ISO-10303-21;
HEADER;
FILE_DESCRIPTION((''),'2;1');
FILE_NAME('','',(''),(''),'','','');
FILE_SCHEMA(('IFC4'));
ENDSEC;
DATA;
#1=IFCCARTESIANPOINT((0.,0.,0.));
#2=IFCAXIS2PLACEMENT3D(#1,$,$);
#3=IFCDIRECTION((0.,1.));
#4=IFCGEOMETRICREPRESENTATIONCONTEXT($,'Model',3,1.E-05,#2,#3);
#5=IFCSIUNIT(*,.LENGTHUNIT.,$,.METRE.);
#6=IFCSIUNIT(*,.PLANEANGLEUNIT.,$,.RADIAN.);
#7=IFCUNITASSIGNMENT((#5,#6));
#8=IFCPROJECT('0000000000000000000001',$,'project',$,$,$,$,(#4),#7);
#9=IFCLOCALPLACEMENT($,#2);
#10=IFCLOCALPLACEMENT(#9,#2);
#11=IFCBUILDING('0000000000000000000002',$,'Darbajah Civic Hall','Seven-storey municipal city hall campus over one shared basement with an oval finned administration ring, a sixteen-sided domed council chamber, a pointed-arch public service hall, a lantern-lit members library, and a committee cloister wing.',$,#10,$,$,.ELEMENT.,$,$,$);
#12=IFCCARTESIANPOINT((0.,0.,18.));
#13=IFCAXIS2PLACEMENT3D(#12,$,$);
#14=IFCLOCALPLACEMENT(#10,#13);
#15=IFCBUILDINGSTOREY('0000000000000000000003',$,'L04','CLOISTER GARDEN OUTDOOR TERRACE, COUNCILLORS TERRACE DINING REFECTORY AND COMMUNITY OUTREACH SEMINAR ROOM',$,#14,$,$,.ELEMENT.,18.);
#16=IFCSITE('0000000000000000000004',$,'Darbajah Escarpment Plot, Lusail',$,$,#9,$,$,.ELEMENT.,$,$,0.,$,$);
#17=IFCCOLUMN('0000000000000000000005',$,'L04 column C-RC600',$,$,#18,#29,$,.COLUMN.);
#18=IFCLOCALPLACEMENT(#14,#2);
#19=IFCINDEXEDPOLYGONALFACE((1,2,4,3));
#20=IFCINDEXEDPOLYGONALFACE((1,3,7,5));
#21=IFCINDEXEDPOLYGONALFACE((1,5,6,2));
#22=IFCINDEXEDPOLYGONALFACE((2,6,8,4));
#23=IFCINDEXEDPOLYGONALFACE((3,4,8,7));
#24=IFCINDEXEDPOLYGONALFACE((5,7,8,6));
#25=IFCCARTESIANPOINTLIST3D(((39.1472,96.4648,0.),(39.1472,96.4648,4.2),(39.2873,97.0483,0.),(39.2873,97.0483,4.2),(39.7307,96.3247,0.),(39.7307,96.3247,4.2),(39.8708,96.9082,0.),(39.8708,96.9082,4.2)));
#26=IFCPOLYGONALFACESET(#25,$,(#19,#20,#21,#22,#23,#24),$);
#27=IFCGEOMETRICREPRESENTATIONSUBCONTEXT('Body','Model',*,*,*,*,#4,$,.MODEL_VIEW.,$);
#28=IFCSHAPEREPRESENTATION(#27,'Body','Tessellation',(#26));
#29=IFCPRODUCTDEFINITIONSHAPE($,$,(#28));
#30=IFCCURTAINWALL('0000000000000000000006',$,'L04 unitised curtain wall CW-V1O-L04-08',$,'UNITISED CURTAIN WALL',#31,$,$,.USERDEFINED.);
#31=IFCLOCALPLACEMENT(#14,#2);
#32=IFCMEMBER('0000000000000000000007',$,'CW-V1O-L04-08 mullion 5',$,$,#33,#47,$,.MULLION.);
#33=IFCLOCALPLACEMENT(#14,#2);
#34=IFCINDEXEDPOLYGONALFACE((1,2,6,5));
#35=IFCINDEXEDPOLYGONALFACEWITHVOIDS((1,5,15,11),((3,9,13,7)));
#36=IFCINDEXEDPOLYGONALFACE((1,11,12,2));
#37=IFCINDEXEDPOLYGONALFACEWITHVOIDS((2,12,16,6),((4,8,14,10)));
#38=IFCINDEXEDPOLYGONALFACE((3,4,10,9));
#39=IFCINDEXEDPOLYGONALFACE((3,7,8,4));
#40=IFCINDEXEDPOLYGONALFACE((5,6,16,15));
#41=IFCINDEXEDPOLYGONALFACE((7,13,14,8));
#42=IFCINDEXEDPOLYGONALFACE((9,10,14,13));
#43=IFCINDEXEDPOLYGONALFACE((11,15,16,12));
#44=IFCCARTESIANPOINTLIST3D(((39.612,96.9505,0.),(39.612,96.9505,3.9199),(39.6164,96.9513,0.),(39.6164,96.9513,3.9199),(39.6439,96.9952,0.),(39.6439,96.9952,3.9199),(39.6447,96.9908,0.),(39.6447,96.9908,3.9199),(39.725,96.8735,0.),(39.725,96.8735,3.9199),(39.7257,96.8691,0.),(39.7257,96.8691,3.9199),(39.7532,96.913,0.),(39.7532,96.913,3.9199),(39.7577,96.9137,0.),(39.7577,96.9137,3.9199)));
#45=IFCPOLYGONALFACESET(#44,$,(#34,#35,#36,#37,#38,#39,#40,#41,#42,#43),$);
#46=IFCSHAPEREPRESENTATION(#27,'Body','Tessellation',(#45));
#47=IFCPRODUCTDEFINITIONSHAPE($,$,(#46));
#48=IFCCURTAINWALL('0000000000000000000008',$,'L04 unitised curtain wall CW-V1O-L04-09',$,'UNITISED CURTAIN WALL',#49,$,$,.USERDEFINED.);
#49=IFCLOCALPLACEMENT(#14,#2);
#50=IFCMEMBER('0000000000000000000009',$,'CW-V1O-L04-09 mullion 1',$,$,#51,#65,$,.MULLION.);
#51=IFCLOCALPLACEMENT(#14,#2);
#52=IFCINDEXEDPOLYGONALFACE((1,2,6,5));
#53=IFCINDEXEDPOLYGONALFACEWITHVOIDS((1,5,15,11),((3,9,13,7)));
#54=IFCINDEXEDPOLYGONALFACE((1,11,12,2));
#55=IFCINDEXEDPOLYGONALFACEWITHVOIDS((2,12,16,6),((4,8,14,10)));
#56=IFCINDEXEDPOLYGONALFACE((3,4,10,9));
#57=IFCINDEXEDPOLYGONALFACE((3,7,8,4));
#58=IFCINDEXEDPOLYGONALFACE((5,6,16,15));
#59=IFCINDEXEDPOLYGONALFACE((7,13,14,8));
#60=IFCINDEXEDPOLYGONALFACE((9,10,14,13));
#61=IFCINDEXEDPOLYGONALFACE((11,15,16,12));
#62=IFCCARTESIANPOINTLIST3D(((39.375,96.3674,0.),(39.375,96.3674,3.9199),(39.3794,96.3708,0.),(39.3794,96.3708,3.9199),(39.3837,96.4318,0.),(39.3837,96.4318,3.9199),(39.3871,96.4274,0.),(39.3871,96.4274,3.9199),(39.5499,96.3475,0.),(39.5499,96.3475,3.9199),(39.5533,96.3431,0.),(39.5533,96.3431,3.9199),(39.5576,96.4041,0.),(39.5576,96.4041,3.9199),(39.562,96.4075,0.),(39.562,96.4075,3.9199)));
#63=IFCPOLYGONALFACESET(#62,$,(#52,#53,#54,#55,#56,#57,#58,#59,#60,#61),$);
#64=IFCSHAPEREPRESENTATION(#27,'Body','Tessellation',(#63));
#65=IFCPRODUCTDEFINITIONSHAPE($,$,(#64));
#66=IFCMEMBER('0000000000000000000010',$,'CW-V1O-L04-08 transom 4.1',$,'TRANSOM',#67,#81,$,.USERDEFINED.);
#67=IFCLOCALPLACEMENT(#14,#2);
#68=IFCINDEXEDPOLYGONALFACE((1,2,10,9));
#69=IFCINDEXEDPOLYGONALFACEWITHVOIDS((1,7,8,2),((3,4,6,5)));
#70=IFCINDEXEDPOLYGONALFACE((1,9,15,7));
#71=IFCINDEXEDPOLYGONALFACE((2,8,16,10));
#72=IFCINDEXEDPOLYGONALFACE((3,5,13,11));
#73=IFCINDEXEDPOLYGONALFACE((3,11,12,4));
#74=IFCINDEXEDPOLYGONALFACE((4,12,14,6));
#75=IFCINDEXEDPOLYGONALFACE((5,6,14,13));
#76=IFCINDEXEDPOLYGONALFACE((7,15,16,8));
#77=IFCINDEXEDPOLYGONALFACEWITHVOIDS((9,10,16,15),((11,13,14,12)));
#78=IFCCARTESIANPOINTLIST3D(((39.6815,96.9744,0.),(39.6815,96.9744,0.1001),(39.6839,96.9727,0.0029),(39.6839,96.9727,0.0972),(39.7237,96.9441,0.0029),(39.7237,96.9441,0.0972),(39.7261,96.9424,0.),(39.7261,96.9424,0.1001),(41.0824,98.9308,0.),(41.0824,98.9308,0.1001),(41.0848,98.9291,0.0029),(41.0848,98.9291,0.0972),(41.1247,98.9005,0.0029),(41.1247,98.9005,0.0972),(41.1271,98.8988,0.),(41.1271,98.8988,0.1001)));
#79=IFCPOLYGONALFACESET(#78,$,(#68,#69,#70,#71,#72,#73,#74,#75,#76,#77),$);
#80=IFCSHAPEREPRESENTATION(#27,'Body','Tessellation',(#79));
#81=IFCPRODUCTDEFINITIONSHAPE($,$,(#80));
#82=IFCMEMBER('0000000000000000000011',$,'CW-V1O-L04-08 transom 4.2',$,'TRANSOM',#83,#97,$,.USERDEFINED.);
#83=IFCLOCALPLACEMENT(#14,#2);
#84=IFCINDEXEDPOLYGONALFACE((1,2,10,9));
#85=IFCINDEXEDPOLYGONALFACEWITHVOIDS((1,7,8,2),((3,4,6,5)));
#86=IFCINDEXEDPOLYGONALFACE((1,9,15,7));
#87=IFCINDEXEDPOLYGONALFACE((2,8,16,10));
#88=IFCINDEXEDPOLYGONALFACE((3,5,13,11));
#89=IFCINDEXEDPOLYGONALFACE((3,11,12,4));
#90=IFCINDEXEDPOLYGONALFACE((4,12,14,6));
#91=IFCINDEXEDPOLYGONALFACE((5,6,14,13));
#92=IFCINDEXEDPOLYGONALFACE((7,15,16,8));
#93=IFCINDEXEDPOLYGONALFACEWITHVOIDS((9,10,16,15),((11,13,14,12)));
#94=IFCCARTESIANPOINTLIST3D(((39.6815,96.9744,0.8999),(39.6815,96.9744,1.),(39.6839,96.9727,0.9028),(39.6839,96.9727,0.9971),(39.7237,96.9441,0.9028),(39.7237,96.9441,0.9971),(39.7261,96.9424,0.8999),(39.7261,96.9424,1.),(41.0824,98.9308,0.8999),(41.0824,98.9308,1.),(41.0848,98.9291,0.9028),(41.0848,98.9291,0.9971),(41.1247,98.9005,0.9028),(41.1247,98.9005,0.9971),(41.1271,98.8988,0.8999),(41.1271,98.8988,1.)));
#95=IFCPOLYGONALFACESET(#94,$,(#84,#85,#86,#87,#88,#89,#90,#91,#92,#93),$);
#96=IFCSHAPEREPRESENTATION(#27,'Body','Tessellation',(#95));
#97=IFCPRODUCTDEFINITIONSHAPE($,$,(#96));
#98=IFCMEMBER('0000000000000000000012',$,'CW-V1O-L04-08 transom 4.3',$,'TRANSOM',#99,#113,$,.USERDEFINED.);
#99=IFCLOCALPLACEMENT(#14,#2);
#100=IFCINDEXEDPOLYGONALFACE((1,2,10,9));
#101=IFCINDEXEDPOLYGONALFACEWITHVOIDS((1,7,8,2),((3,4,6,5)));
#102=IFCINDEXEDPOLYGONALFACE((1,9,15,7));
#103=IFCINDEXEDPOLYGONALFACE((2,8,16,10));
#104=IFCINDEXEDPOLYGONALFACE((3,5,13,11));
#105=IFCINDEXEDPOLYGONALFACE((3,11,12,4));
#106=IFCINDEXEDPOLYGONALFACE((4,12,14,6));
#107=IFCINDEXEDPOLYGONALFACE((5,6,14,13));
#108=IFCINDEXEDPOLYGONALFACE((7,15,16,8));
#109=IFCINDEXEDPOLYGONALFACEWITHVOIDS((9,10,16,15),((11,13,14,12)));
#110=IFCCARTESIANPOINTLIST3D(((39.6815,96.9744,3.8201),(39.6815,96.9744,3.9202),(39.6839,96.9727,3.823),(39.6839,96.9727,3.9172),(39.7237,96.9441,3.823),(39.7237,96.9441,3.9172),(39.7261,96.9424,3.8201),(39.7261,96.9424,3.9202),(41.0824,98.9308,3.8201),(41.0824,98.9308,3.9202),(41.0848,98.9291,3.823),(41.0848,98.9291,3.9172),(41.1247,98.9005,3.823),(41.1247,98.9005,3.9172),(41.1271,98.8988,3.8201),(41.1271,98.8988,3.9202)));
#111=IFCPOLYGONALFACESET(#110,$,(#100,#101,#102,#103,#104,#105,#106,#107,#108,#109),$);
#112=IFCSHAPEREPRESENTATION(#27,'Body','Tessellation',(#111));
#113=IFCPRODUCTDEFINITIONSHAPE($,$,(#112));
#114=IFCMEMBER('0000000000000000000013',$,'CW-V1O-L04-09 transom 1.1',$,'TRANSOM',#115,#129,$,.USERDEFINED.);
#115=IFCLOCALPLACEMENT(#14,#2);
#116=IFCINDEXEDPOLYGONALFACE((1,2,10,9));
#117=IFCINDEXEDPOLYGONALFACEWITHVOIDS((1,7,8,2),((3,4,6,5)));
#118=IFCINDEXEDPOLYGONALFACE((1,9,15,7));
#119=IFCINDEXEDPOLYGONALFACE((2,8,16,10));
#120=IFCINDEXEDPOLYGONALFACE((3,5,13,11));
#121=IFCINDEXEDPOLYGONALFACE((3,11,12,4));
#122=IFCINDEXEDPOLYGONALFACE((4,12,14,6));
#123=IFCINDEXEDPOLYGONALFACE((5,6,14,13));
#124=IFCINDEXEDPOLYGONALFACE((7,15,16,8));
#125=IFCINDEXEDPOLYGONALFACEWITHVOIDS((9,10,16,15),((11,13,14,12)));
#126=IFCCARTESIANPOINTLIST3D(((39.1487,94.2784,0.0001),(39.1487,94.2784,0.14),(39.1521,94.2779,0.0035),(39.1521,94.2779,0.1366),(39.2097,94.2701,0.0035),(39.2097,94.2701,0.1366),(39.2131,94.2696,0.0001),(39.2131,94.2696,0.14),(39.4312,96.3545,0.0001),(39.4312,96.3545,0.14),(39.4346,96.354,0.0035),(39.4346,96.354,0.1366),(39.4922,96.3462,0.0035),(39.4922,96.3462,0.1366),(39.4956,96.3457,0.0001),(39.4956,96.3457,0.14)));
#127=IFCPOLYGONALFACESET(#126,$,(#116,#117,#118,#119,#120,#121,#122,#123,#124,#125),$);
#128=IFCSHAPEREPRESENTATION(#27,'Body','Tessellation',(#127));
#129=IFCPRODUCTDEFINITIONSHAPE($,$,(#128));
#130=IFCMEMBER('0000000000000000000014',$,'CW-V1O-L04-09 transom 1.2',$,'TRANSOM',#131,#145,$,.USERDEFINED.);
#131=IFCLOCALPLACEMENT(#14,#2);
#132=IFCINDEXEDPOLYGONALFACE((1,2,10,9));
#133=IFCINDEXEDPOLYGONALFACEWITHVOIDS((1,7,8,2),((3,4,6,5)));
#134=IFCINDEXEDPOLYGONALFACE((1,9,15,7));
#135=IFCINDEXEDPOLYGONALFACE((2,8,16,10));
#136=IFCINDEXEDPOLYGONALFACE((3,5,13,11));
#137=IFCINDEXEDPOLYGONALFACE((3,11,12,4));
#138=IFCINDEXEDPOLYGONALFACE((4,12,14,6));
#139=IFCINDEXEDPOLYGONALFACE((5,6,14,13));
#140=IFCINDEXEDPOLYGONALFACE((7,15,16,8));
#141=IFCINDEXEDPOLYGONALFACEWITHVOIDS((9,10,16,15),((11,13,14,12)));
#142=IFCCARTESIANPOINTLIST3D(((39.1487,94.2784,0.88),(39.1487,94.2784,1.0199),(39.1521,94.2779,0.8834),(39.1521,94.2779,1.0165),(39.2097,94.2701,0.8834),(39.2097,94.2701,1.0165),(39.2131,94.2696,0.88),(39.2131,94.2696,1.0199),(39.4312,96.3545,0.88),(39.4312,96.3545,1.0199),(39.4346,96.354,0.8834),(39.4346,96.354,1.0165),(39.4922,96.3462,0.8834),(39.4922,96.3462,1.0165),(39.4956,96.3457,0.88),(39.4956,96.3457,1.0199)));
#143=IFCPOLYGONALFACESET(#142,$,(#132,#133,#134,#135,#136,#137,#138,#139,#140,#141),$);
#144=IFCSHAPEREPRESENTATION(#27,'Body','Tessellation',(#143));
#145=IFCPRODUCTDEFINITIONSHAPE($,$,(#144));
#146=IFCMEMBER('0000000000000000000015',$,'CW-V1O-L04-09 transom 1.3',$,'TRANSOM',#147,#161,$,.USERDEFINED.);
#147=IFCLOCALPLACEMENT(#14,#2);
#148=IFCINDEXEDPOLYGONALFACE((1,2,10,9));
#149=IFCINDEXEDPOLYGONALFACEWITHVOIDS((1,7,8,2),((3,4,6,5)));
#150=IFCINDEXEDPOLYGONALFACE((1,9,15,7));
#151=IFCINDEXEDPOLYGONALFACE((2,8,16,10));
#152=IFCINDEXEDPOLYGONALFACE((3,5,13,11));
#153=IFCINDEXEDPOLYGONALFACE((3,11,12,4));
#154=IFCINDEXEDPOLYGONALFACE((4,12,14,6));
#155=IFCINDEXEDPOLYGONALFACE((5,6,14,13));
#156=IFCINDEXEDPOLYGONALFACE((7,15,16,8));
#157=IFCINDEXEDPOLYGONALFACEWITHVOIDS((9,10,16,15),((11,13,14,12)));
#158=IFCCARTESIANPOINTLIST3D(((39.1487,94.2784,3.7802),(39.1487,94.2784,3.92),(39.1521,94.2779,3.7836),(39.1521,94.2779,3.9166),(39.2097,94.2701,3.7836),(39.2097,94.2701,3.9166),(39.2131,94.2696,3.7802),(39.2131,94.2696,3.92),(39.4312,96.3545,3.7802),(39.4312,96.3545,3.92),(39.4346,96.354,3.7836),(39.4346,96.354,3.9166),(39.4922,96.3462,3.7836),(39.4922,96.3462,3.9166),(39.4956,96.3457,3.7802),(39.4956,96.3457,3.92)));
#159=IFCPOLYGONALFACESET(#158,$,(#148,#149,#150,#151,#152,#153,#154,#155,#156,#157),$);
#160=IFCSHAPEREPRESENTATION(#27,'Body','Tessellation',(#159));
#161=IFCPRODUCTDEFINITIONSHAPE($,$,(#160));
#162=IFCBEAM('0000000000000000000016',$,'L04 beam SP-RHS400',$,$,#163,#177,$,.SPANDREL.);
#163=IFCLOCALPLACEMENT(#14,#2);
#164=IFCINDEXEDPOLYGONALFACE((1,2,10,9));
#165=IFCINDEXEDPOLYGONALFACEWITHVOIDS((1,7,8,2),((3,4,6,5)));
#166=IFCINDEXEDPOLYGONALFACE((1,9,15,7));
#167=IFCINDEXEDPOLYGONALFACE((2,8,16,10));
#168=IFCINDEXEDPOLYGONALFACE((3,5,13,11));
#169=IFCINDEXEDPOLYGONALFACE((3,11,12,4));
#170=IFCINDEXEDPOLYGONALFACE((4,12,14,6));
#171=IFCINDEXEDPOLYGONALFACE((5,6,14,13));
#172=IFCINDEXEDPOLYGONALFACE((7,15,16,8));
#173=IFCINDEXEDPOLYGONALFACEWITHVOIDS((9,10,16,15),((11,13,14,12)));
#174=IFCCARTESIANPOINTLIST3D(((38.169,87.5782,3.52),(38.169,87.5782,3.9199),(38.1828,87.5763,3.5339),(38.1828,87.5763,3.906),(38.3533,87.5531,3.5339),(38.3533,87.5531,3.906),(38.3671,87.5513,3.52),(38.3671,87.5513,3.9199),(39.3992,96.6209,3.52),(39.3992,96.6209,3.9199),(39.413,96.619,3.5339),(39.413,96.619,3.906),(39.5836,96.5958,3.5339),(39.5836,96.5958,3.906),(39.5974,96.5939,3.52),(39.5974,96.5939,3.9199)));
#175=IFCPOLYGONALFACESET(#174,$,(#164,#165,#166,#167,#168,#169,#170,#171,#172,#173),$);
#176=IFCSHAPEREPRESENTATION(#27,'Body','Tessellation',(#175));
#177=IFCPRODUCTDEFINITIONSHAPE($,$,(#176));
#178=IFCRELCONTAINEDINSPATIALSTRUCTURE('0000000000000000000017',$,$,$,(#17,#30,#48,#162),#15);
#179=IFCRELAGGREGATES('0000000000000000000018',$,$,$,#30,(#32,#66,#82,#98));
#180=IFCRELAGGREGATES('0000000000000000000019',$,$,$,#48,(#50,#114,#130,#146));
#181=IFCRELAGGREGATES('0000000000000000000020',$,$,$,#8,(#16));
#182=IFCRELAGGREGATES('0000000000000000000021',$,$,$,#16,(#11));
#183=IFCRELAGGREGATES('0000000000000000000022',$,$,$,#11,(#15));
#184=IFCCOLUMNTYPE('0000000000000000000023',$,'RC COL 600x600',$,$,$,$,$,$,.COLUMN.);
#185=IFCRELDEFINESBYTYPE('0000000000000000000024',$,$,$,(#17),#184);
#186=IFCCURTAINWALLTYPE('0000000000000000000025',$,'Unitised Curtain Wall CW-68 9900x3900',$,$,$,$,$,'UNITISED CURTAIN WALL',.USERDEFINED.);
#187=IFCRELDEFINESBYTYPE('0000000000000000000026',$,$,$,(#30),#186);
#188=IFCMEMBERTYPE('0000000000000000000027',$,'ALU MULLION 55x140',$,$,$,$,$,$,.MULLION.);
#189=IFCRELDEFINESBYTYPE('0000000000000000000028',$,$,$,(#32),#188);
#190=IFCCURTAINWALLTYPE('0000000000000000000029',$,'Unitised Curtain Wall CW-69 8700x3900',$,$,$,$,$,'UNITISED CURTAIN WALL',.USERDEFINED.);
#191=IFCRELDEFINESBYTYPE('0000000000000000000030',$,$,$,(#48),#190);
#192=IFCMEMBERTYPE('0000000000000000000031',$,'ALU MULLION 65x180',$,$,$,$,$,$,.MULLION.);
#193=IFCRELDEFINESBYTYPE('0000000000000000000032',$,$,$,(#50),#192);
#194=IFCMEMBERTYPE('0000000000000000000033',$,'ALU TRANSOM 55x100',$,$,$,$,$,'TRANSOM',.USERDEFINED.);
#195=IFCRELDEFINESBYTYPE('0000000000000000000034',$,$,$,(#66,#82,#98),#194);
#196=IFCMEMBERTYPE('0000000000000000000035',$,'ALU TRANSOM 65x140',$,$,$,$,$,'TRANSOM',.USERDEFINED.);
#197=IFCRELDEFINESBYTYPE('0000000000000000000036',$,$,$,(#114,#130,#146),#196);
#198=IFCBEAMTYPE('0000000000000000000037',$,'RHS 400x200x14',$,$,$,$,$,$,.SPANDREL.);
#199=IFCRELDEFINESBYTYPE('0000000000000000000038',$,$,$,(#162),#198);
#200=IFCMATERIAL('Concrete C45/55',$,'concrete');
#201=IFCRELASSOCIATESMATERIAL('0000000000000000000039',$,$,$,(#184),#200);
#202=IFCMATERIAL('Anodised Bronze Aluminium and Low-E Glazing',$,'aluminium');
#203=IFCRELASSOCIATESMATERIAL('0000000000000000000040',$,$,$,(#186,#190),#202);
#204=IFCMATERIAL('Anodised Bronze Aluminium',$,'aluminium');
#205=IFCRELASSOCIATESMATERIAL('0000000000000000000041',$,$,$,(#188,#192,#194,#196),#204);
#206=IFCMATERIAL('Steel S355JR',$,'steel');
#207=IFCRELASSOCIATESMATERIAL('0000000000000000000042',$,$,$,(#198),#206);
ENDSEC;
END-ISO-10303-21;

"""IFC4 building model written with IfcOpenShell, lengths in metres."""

from ifc_helpers import new_model, si_unit, direction, frame, origin, origin_2d, place, context, subcontext, project, spatial, rectangle, hollow_rectangle, extrude, material, material_profile, profile_set, type_object, element, aggregate, save


model = new_model("IFC4")

# Units and contexts
model_context = context("Model", 3, precision=1e-05, world=origin(), true_north=direction((0.0, 1.0)))
body_context = subcontext(model_context, "Body", "Model", "MODEL_VIEW")
ifc_project = project(units=[si_unit("LENGTHUNIT", "METRE"), si_unit("PLANEANGLEUNIT", "RADIAN")], contexts=[model_context])

# Site, building, storey
site_placement = place(None, origin())
site = spatial("IfcSite", under=ifc_project, at=site_placement, Name="Darbajah Escarpment Plot, Lusail", CompositionType="ELEMENT", RefElevation=0.0)
building_placement = place(site_placement, origin())
building = spatial("IfcBuilding", under=site, at=building_placement, Name="Darbajah Civic Hall", Description="Seven-storey municipal city hall campus over one shared basement with an oval finned administration ring, a sixteen-sided domed council chamber, a pointed-arch public service hall, a lantern-lit members library, and a committee cloister wing.", CompositionType="ELEMENT")
storey_placement = place(building_placement, frame((0.0, 0.0, 18.0)))
storey = spatial("IfcBuildingStorey", under=building, at=storey_placement, Name="L04", Description="CLOISTER GARDEN OUTDOOR TERRACE, COUNCILLORS TERRACE DINING REFECTORY AND COMMUNITY OUTREACH SEMINAR ROOM", CompositionType="ELEMENT", Elevation=18.0)

# Column
ifc_material_1 = material(Name="Concrete C45/55", Category="concrete")
ifc_material_profile_1 = material_profile(ifc_material_1, rectangle(XDim=0.6001, YDim=0.6001, at=origin_2d()), Name="RC COL 600x600")
ifc_profile_set_1 = profile_set([ifc_material_profile_1], Name="Concrete C45/55")
column_type = type_object("IfcColumnType", Name="RC COL 600x600", PredefinedType="COLUMN", material=ifc_profile_set_1)
column_placement = place(storey_placement, frame((39.509, 96.6865, 0.0), z_axis=(0.0, 0.0, 1.0), x_axis=(-0.97237, 0.233445, 0.0)))
element("IfcColumn", 1, at=column_placement, inside=storey, type_object=column_type, Name="L04 column C-RC600", PredefinedType="COLUMN", context=body_context, shape_type="SweptSolid", body=[
    extrude(rectangle(XDim=0.6001, YDim=0.6001, at=origin_2d()), origin(), (0.0, 0.0, 1.0), 4.2),
])

# Curtain walls, members
ifc_material_2 = material(Name="Anodised Bronze Aluminium and Low-E Glazing", Category="aluminium")
curtain_wall_type_1 = type_object("IfcCurtainWallType", Name="Unitised Curtain Wall CW-68 9900x3900", ElementType="UNITISED CURTAIN WALL", PredefinedType="USERDEFINED", material=ifc_material_2)
curtain_wall_1_placement = place(storey_placement, origin())
curtain_wall_1 = element("IfcCurtainWall", 2, at=curtain_wall_1_placement, inside=storey, type_object=curtain_wall_type_1, Name="L04 unitised curtain wall CW-V1O-L04-08", ObjectType="UNITISED CURTAIN WALL", PredefinedType="USERDEFINED")
ifc_material_3 = material(Name="Anodised Bronze Aluminium", Category="aluminium")
ifc_material_profile_2 = material_profile(ifc_material_3, hollow_rectangle(XDim=0.0549, YDim=0.1399, WallThickness=0.0032, at=origin_2d()), Name="ALU MULLION 55x140")
ifc_profile_set_2 = profile_set([ifc_material_profile_2], Name="Anodised Bronze Aluminium")
member_type_1 = type_object("IfcMemberType", Name="ALU MULLION 55x140", PredefinedType="MULLION", material=ifc_profile_set_2)
member_1_placement = place(storey_placement, frame((39.6848, 96.9321, 0.0), z_axis=(0.0, 0.0, 1.0), x_axis=(-0.582265, -0.812999, 0.0)))
member_1 = element("IfcMember", 3, at=member_1_placement, type_object=member_type_1, Name="CW-V1O-L04-08 mullion 5", PredefinedType="MULLION", context=body_context, shape_type="SweptSolid", body=[
    extrude(hollow_rectangle(XDim=0.0549, YDim=0.1399, WallThickness=0.0032, at=origin_2d()), origin(), (0.0, 0.0, 1.0), 3.9199),
])
curtain_wall_type_2 = type_object("IfcCurtainWallType", Name="Unitised Curtain Wall CW-69 8700x3900", ElementType="UNITISED CURTAIN WALL", PredefinedType="USERDEFINED", material=ifc_material_2)
curtain_wall_2_placement = place(storey_placement, origin())
curtain_wall_2 = element("IfcCurtainWall", 4, at=curtain_wall_2_placement, inside=storey, type_object=curtain_wall_type_2, Name="L04 unitised curtain wall CW-V1O-L04-09", ObjectType="UNITISED CURTAIN WALL", PredefinedType="USERDEFINED")
ifc_material_profile_3 = material_profile(ifc_material_3, hollow_rectangle(XDim=0.0649, YDim=0.1799, WallThickness=0.0039, at=origin_2d()), Name="ALU MULLION 65x180")
ifc_profile_set_3 = profile_set([ifc_material_profile_3], Name="Anodised Bronze Aluminium")
member_type_2 = type_object("IfcMemberType", Name="ALU MULLION 65x180", PredefinedType="MULLION", material=ifc_profile_set_3)
member_2_placement = place(storey_placement, frame((39.4685, 96.3875, 0.0), z_axis=(0.0, 0.0, 1.0), x_axis=(-0.134851, -0.990866, 0.0)))
member_2 = element("IfcMember", 5, at=member_2_placement, type_object=member_type_2, Name="CW-V1O-L04-09 mullion 1", PredefinedType="MULLION", context=body_context, shape_type="SweptSolid", body=[
    extrude(hollow_rectangle(XDim=0.0649, YDim=0.1799, WallThickness=0.0039, at=origin_2d()), origin(), (0.0, 0.0, 1.0), 3.9199),
])

# Members
ifc_material_profile_4 = material_profile(ifc_material_3, hollow_rectangle(XDim=0.0549, YDim=0.1001, WallThickness=0.0029, at=origin_2d()), Name="ALU TRANSOM 55x100")
ifc_profile_set_4 = profile_set([ifc_material_profile_4], Name="Anodised Bronze Aluminium")
member_type_3 = type_object("IfcMemberType", Name="ALU TRANSOM 55x100", ElementType="TRANSOM", PredefinedType="USERDEFINED", material=ifc_profile_set_4)
member_3_placement = place(storey_placement, frame((41.1047, 98.9148, 0.05), z_axis=(-0.582207, -0.81304, 0.0), x_axis=(0.81304, -0.582207, 0.0)))
member_3 = element("IfcMember", 6, at=member_3_placement, type_object=member_type_3, Name="CW-V1O-L04-08 transom 4.1", ObjectType="TRANSOM", PredefinedType="USERDEFINED", context=body_context, shape_type="SweptSolid", body=[
    extrude(hollow_rectangle(XDim=0.0549, YDim=0.1001, WallThickness=0.0029, at=origin_2d()), origin(), (0.0, 0.0, 1.0), 2.4062),
])
member_4_placement = place(storey_placement, frame((41.1047, 98.9148, 0.95), z_axis=(-0.582207, -0.81304, 0.0), x_axis=(0.81304, -0.582207, 0.0)))
member_4 = element("IfcMember", 7, at=member_4_placement, type_object=member_type_3, Name="CW-V1O-L04-08 transom 4.2", ObjectType="TRANSOM", PredefinedType="USERDEFINED", context=body_context, shape_type="SweptSolid", body=[
    extrude(hollow_rectangle(XDim=0.0549, YDim=0.1001, WallThickness=0.0029, at=origin_2d()), origin(), (0.0, 0.0, 1.0), 2.4062),
])
member_5_placement = place(storey_placement, frame((41.1047, 98.9148, 3.8701), z_axis=(-0.582207, -0.81304, 0.0), x_axis=(0.81304, -0.582207, 0.0)))
member_5 = element("IfcMember", 8, at=member_5_placement, type_object=member_type_3, Name="CW-V1O-L04-08 transom 4.3", ObjectType="TRANSOM", PredefinedType="USERDEFINED", context=body_context, shape_type="SweptSolid", body=[
    extrude(hollow_rectangle(XDim=0.0549, YDim=0.1001, WallThickness=0.0029, at=origin_2d()), origin(), (0.0, 0.0, 1.0), 2.4062),
])
ifc_material_profile_5 = material_profile(ifc_material_3, hollow_rectangle(XDim=0.0649, YDim=0.1399, WallThickness=0.0034, at=origin_2d()), Name="ALU TRANSOM 65x140")
ifc_profile_set_5 = profile_set([ifc_material_profile_5], Name="Anodised Bronze Aluminium")
member_type_4 = type_object("IfcMemberType", Name="ALU TRANSOM 65x140", ElementType="TRANSOM", PredefinedType="USERDEFINED", material=ifc_profile_set_5)
member_6_placement = place(storey_placement, frame((39.4634, 96.3501, 0.0701), z_axis=(-0.134812, -0.990871, 0.0), x_axis=(0.990871, -0.134812, 0.0)))
member_6 = element("IfcMember", 9, at=member_6_placement, type_object=member_type_4, Name="CW-V1O-L04-09 transom 1.1", ObjectType="TRANSOM", PredefinedType="USERDEFINED", context=body_context, shape_type="SweptSolid", body=[
    extrude(hollow_rectangle(XDim=0.0649, YDim=0.1399, WallThickness=0.0034, at=origin_2d()), origin(), (0.0, 0.0, 1.0), 2.0952),
])
member_7_placement = place(storey_placement, frame((39.4634, 96.3501, 0.95), z_axis=(-0.134812, -0.990871, 0.0), x_axis=(0.990871, -0.134812, 0.0)))
member_7 = element("IfcMember", 10, at=member_7_placement, type_object=member_type_4, Name="CW-V1O-L04-09 transom 1.2", ObjectType="TRANSOM", PredefinedType="USERDEFINED", context=body_context, shape_type="SweptSolid", body=[
    extrude(hollow_rectangle(XDim=0.0649, YDim=0.1399, WallThickness=0.0034, at=origin_2d()), origin(), (0.0, 0.0, 1.0), 2.0952),
])
member_8_placement = place(storey_placement, frame((39.4634, 96.3501, 3.8501), z_axis=(-0.134812, -0.990871, 0.0), x_axis=(0.990871, -0.134812, 0.0)))
member_8 = element("IfcMember", 11, at=member_8_placement, type_object=member_type_4, Name="CW-V1O-L04-09 transom 1.3", ObjectType="TRANSOM", PredefinedType="USERDEFINED", context=body_context, shape_type="SweptSolid", body=[
    extrude(hollow_rectangle(XDim=0.0649, YDim=0.1399, WallThickness=0.0034, at=origin_2d()), origin(), (0.0, 0.0, 1.0), 2.0952),
])

# Beam
ifc_material_4 = material(Name="Steel S355JR", Category="steel")
ifc_material_profile_6 = material_profile(ifc_material_4, hollow_rectangle(XDim=0.2, YDim=0.3999, WallThickness=0.0139, at=origin_2d()), Name="RHS 400x200x14")
ifc_profile_set_6 = profile_set([ifc_material_profile_6], Name="Steel S355JR")
beam_type = type_object("IfcBeamType", Name="RHS 400x200x14", PredefinedType="SPANDREL", material=ifc_profile_set_6)
beam_placement = place(storey_placement, frame((39.4983, 96.6074, 3.72), z_axis=(-0.134804, -0.990872, 0.0), x_axis=(0.990872, -0.134804, 0.0)))
element("IfcBeam", 12, at=beam_placement, inside=storey, type_object=beam_type, Name="L04 beam SP-RHS400", PredefinedType="SPANDREL", context=body_context, shape_type="SweptSolid", body=[
    extrude(hollow_rectangle(XDim=0.2, YDim=0.3999, WallThickness=0.0139, at=origin_2d()), origin(), (0.0, 0.0, 1.0), 9.126),
])

aggregate(curtain_wall_1, [member_1, member_3, member_4, member_5])
aggregate(curtain_wall_2, [member_2, member_6, member_7, member_8])

save(model, "model.ifc")
